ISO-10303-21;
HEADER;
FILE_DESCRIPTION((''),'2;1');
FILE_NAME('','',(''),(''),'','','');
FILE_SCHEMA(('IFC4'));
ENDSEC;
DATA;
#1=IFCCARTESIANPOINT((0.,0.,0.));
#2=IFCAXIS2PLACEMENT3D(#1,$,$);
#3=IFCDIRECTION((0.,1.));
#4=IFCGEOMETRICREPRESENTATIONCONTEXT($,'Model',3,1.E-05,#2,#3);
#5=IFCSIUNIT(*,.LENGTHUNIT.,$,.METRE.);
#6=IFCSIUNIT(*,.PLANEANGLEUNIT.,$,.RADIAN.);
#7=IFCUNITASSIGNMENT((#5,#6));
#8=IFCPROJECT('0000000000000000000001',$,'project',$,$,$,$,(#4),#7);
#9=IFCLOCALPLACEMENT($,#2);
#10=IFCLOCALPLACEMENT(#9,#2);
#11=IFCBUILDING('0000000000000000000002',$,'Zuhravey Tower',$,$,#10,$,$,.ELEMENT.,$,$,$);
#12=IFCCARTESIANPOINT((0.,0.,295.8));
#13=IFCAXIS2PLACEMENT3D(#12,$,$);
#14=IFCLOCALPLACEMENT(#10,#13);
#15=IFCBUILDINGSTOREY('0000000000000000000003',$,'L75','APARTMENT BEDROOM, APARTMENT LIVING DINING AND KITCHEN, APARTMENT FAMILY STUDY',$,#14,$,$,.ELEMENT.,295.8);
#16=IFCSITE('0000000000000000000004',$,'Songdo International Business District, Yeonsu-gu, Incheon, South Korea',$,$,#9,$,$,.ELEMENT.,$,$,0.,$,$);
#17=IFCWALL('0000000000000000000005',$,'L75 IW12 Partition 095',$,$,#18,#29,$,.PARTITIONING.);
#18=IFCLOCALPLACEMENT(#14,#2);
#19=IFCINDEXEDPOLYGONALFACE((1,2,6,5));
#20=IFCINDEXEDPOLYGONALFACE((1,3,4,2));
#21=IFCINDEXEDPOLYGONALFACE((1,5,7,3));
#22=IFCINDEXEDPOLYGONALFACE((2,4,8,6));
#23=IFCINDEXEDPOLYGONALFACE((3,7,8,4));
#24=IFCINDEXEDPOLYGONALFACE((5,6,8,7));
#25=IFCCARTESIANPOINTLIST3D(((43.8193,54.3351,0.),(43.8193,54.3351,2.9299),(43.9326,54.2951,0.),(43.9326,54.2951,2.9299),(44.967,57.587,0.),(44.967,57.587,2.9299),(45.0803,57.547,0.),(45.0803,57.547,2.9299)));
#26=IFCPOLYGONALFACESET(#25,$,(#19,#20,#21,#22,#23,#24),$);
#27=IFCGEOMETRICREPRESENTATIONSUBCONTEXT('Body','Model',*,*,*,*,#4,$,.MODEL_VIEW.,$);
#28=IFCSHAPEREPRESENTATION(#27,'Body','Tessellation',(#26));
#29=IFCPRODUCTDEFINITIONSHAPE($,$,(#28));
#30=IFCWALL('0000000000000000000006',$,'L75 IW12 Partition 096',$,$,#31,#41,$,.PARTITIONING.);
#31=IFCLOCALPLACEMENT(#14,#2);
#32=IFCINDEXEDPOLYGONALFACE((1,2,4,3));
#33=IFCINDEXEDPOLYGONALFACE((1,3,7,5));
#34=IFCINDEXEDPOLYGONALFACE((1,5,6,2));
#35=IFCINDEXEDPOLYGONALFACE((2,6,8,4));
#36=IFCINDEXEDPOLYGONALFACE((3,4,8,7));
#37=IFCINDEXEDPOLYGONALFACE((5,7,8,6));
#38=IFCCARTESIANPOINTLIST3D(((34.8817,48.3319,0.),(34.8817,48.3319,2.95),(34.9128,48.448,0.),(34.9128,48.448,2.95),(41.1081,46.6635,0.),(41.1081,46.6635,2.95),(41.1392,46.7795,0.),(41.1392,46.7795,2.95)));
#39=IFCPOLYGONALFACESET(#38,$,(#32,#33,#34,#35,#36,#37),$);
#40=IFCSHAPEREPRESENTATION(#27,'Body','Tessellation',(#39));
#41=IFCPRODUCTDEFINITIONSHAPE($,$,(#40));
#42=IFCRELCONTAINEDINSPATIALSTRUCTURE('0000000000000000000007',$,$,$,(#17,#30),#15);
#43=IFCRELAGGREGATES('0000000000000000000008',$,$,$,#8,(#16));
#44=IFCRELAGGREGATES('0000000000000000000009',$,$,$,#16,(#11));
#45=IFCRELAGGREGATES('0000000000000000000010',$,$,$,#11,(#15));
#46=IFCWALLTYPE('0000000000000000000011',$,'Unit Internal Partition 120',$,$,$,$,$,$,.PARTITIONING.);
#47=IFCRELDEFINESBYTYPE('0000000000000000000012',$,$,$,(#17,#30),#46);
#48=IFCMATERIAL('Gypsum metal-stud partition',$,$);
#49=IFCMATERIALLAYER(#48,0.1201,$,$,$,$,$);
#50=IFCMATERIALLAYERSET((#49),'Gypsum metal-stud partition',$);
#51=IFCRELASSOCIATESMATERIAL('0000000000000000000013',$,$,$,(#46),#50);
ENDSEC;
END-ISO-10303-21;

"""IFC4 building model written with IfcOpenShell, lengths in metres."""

from ifc_helpers import new_model, si_unit, direction, frame, frame_2d, origin, place, context, subcontext, project, spatial, rectangle, extrude, material, layer, layer_set, type_object, element, save


model = new_model("IFC4")

# Units and contexts
model_context = context("Model", 3, precision=1e-05, world=origin(), true_north=direction((0.0, 1.0)))
body_context = subcontext(model_context, "Body", "Model", "MODEL_VIEW")
ifc_project = project(units=[si_unit("LENGTHUNIT", "METRE"), si_unit("PLANEANGLEUNIT", "RADIAN")], contexts=[model_context])

# Site, building, storey
site_placement = place(None, origin())
site = spatial("IfcSite", under=ifc_project, at=site_placement, Name="Songdo International Business District, Yeonsu-gu, Incheon, South Korea", CompositionType="ELEMENT", RefElevation=0.0)
building_placement = place(site_placement, origin())
building = spatial("IfcBuilding", under=site, at=building_placement, Name="Zuhravey Tower", CompositionType="ELEMENT")
storey_placement = place(building_placement, frame((0.0, 0.0, 295.8)))
storey = spatial("IfcBuildingStorey", under=building, at=storey_placement, Name="L75", Description="APARTMENT BEDROOM, APARTMENT LIVING DINING AND KITCHEN, APARTMENT FAMILY STUDY", CompositionType="ELEMENT", Elevation=295.8)

# Shared definitions
ifc_material_1 = material(Name="Gypsum metal-stud partition")
ifc_layer_1 = layer(ifc_material_1, 0.1201)
ifc_layer_set_1 = layer_set([ifc_layer_1], Name="Gypsum metal-stud partition")
wall_type_1 = type_object("IfcWallType", Name="Unit Internal Partition 120", PredefinedType="PARTITIONING", material=ifc_layer_set_1)

# Walls
wall_1_placement = place(storey_placement, frame((43.876, 54.3152, 0.0), z_axis=(0.0, 0.0, 1.0), x_axis=(0.332809, 0.942994, 0.0)))
element("IfcWall", 1, at=wall_1_placement, inside=storey, type_object=wall_type_1, Name="L75 IW12 Partition 095", PredefinedType="PARTITIONING", context=body_context, shape_type="SweptSolid", body=[
    extrude(rectangle(XDim=3.4485, YDim=0.1201, at=frame_2d((1.7241, 0.0))), origin(), (0.0, 0.0, 1.0), 2.9299),
])
wall_2_placement = place(storey_placement, frame((41.1238, 46.7214, 0.0), z_axis=(0.0, 0.0, 1.0), x_axis=(-0.965921, 0.258836, 0.0)))
element("IfcWall", 2, at=wall_2_placement, inside=storey, type_object=wall_type_1, Name="L75 IW12 Partition 096", PredefinedType="PARTITIONING", context=body_context, shape_type="SweptSolid", body=[
    extrude(rectangle(XDim=6.446, YDim=0.1201, at=frame_2d((3.2231, 0.0))), origin(), (0.0, 0.0, 1.0), 2.95),
])

save(model, "model.ifc")
